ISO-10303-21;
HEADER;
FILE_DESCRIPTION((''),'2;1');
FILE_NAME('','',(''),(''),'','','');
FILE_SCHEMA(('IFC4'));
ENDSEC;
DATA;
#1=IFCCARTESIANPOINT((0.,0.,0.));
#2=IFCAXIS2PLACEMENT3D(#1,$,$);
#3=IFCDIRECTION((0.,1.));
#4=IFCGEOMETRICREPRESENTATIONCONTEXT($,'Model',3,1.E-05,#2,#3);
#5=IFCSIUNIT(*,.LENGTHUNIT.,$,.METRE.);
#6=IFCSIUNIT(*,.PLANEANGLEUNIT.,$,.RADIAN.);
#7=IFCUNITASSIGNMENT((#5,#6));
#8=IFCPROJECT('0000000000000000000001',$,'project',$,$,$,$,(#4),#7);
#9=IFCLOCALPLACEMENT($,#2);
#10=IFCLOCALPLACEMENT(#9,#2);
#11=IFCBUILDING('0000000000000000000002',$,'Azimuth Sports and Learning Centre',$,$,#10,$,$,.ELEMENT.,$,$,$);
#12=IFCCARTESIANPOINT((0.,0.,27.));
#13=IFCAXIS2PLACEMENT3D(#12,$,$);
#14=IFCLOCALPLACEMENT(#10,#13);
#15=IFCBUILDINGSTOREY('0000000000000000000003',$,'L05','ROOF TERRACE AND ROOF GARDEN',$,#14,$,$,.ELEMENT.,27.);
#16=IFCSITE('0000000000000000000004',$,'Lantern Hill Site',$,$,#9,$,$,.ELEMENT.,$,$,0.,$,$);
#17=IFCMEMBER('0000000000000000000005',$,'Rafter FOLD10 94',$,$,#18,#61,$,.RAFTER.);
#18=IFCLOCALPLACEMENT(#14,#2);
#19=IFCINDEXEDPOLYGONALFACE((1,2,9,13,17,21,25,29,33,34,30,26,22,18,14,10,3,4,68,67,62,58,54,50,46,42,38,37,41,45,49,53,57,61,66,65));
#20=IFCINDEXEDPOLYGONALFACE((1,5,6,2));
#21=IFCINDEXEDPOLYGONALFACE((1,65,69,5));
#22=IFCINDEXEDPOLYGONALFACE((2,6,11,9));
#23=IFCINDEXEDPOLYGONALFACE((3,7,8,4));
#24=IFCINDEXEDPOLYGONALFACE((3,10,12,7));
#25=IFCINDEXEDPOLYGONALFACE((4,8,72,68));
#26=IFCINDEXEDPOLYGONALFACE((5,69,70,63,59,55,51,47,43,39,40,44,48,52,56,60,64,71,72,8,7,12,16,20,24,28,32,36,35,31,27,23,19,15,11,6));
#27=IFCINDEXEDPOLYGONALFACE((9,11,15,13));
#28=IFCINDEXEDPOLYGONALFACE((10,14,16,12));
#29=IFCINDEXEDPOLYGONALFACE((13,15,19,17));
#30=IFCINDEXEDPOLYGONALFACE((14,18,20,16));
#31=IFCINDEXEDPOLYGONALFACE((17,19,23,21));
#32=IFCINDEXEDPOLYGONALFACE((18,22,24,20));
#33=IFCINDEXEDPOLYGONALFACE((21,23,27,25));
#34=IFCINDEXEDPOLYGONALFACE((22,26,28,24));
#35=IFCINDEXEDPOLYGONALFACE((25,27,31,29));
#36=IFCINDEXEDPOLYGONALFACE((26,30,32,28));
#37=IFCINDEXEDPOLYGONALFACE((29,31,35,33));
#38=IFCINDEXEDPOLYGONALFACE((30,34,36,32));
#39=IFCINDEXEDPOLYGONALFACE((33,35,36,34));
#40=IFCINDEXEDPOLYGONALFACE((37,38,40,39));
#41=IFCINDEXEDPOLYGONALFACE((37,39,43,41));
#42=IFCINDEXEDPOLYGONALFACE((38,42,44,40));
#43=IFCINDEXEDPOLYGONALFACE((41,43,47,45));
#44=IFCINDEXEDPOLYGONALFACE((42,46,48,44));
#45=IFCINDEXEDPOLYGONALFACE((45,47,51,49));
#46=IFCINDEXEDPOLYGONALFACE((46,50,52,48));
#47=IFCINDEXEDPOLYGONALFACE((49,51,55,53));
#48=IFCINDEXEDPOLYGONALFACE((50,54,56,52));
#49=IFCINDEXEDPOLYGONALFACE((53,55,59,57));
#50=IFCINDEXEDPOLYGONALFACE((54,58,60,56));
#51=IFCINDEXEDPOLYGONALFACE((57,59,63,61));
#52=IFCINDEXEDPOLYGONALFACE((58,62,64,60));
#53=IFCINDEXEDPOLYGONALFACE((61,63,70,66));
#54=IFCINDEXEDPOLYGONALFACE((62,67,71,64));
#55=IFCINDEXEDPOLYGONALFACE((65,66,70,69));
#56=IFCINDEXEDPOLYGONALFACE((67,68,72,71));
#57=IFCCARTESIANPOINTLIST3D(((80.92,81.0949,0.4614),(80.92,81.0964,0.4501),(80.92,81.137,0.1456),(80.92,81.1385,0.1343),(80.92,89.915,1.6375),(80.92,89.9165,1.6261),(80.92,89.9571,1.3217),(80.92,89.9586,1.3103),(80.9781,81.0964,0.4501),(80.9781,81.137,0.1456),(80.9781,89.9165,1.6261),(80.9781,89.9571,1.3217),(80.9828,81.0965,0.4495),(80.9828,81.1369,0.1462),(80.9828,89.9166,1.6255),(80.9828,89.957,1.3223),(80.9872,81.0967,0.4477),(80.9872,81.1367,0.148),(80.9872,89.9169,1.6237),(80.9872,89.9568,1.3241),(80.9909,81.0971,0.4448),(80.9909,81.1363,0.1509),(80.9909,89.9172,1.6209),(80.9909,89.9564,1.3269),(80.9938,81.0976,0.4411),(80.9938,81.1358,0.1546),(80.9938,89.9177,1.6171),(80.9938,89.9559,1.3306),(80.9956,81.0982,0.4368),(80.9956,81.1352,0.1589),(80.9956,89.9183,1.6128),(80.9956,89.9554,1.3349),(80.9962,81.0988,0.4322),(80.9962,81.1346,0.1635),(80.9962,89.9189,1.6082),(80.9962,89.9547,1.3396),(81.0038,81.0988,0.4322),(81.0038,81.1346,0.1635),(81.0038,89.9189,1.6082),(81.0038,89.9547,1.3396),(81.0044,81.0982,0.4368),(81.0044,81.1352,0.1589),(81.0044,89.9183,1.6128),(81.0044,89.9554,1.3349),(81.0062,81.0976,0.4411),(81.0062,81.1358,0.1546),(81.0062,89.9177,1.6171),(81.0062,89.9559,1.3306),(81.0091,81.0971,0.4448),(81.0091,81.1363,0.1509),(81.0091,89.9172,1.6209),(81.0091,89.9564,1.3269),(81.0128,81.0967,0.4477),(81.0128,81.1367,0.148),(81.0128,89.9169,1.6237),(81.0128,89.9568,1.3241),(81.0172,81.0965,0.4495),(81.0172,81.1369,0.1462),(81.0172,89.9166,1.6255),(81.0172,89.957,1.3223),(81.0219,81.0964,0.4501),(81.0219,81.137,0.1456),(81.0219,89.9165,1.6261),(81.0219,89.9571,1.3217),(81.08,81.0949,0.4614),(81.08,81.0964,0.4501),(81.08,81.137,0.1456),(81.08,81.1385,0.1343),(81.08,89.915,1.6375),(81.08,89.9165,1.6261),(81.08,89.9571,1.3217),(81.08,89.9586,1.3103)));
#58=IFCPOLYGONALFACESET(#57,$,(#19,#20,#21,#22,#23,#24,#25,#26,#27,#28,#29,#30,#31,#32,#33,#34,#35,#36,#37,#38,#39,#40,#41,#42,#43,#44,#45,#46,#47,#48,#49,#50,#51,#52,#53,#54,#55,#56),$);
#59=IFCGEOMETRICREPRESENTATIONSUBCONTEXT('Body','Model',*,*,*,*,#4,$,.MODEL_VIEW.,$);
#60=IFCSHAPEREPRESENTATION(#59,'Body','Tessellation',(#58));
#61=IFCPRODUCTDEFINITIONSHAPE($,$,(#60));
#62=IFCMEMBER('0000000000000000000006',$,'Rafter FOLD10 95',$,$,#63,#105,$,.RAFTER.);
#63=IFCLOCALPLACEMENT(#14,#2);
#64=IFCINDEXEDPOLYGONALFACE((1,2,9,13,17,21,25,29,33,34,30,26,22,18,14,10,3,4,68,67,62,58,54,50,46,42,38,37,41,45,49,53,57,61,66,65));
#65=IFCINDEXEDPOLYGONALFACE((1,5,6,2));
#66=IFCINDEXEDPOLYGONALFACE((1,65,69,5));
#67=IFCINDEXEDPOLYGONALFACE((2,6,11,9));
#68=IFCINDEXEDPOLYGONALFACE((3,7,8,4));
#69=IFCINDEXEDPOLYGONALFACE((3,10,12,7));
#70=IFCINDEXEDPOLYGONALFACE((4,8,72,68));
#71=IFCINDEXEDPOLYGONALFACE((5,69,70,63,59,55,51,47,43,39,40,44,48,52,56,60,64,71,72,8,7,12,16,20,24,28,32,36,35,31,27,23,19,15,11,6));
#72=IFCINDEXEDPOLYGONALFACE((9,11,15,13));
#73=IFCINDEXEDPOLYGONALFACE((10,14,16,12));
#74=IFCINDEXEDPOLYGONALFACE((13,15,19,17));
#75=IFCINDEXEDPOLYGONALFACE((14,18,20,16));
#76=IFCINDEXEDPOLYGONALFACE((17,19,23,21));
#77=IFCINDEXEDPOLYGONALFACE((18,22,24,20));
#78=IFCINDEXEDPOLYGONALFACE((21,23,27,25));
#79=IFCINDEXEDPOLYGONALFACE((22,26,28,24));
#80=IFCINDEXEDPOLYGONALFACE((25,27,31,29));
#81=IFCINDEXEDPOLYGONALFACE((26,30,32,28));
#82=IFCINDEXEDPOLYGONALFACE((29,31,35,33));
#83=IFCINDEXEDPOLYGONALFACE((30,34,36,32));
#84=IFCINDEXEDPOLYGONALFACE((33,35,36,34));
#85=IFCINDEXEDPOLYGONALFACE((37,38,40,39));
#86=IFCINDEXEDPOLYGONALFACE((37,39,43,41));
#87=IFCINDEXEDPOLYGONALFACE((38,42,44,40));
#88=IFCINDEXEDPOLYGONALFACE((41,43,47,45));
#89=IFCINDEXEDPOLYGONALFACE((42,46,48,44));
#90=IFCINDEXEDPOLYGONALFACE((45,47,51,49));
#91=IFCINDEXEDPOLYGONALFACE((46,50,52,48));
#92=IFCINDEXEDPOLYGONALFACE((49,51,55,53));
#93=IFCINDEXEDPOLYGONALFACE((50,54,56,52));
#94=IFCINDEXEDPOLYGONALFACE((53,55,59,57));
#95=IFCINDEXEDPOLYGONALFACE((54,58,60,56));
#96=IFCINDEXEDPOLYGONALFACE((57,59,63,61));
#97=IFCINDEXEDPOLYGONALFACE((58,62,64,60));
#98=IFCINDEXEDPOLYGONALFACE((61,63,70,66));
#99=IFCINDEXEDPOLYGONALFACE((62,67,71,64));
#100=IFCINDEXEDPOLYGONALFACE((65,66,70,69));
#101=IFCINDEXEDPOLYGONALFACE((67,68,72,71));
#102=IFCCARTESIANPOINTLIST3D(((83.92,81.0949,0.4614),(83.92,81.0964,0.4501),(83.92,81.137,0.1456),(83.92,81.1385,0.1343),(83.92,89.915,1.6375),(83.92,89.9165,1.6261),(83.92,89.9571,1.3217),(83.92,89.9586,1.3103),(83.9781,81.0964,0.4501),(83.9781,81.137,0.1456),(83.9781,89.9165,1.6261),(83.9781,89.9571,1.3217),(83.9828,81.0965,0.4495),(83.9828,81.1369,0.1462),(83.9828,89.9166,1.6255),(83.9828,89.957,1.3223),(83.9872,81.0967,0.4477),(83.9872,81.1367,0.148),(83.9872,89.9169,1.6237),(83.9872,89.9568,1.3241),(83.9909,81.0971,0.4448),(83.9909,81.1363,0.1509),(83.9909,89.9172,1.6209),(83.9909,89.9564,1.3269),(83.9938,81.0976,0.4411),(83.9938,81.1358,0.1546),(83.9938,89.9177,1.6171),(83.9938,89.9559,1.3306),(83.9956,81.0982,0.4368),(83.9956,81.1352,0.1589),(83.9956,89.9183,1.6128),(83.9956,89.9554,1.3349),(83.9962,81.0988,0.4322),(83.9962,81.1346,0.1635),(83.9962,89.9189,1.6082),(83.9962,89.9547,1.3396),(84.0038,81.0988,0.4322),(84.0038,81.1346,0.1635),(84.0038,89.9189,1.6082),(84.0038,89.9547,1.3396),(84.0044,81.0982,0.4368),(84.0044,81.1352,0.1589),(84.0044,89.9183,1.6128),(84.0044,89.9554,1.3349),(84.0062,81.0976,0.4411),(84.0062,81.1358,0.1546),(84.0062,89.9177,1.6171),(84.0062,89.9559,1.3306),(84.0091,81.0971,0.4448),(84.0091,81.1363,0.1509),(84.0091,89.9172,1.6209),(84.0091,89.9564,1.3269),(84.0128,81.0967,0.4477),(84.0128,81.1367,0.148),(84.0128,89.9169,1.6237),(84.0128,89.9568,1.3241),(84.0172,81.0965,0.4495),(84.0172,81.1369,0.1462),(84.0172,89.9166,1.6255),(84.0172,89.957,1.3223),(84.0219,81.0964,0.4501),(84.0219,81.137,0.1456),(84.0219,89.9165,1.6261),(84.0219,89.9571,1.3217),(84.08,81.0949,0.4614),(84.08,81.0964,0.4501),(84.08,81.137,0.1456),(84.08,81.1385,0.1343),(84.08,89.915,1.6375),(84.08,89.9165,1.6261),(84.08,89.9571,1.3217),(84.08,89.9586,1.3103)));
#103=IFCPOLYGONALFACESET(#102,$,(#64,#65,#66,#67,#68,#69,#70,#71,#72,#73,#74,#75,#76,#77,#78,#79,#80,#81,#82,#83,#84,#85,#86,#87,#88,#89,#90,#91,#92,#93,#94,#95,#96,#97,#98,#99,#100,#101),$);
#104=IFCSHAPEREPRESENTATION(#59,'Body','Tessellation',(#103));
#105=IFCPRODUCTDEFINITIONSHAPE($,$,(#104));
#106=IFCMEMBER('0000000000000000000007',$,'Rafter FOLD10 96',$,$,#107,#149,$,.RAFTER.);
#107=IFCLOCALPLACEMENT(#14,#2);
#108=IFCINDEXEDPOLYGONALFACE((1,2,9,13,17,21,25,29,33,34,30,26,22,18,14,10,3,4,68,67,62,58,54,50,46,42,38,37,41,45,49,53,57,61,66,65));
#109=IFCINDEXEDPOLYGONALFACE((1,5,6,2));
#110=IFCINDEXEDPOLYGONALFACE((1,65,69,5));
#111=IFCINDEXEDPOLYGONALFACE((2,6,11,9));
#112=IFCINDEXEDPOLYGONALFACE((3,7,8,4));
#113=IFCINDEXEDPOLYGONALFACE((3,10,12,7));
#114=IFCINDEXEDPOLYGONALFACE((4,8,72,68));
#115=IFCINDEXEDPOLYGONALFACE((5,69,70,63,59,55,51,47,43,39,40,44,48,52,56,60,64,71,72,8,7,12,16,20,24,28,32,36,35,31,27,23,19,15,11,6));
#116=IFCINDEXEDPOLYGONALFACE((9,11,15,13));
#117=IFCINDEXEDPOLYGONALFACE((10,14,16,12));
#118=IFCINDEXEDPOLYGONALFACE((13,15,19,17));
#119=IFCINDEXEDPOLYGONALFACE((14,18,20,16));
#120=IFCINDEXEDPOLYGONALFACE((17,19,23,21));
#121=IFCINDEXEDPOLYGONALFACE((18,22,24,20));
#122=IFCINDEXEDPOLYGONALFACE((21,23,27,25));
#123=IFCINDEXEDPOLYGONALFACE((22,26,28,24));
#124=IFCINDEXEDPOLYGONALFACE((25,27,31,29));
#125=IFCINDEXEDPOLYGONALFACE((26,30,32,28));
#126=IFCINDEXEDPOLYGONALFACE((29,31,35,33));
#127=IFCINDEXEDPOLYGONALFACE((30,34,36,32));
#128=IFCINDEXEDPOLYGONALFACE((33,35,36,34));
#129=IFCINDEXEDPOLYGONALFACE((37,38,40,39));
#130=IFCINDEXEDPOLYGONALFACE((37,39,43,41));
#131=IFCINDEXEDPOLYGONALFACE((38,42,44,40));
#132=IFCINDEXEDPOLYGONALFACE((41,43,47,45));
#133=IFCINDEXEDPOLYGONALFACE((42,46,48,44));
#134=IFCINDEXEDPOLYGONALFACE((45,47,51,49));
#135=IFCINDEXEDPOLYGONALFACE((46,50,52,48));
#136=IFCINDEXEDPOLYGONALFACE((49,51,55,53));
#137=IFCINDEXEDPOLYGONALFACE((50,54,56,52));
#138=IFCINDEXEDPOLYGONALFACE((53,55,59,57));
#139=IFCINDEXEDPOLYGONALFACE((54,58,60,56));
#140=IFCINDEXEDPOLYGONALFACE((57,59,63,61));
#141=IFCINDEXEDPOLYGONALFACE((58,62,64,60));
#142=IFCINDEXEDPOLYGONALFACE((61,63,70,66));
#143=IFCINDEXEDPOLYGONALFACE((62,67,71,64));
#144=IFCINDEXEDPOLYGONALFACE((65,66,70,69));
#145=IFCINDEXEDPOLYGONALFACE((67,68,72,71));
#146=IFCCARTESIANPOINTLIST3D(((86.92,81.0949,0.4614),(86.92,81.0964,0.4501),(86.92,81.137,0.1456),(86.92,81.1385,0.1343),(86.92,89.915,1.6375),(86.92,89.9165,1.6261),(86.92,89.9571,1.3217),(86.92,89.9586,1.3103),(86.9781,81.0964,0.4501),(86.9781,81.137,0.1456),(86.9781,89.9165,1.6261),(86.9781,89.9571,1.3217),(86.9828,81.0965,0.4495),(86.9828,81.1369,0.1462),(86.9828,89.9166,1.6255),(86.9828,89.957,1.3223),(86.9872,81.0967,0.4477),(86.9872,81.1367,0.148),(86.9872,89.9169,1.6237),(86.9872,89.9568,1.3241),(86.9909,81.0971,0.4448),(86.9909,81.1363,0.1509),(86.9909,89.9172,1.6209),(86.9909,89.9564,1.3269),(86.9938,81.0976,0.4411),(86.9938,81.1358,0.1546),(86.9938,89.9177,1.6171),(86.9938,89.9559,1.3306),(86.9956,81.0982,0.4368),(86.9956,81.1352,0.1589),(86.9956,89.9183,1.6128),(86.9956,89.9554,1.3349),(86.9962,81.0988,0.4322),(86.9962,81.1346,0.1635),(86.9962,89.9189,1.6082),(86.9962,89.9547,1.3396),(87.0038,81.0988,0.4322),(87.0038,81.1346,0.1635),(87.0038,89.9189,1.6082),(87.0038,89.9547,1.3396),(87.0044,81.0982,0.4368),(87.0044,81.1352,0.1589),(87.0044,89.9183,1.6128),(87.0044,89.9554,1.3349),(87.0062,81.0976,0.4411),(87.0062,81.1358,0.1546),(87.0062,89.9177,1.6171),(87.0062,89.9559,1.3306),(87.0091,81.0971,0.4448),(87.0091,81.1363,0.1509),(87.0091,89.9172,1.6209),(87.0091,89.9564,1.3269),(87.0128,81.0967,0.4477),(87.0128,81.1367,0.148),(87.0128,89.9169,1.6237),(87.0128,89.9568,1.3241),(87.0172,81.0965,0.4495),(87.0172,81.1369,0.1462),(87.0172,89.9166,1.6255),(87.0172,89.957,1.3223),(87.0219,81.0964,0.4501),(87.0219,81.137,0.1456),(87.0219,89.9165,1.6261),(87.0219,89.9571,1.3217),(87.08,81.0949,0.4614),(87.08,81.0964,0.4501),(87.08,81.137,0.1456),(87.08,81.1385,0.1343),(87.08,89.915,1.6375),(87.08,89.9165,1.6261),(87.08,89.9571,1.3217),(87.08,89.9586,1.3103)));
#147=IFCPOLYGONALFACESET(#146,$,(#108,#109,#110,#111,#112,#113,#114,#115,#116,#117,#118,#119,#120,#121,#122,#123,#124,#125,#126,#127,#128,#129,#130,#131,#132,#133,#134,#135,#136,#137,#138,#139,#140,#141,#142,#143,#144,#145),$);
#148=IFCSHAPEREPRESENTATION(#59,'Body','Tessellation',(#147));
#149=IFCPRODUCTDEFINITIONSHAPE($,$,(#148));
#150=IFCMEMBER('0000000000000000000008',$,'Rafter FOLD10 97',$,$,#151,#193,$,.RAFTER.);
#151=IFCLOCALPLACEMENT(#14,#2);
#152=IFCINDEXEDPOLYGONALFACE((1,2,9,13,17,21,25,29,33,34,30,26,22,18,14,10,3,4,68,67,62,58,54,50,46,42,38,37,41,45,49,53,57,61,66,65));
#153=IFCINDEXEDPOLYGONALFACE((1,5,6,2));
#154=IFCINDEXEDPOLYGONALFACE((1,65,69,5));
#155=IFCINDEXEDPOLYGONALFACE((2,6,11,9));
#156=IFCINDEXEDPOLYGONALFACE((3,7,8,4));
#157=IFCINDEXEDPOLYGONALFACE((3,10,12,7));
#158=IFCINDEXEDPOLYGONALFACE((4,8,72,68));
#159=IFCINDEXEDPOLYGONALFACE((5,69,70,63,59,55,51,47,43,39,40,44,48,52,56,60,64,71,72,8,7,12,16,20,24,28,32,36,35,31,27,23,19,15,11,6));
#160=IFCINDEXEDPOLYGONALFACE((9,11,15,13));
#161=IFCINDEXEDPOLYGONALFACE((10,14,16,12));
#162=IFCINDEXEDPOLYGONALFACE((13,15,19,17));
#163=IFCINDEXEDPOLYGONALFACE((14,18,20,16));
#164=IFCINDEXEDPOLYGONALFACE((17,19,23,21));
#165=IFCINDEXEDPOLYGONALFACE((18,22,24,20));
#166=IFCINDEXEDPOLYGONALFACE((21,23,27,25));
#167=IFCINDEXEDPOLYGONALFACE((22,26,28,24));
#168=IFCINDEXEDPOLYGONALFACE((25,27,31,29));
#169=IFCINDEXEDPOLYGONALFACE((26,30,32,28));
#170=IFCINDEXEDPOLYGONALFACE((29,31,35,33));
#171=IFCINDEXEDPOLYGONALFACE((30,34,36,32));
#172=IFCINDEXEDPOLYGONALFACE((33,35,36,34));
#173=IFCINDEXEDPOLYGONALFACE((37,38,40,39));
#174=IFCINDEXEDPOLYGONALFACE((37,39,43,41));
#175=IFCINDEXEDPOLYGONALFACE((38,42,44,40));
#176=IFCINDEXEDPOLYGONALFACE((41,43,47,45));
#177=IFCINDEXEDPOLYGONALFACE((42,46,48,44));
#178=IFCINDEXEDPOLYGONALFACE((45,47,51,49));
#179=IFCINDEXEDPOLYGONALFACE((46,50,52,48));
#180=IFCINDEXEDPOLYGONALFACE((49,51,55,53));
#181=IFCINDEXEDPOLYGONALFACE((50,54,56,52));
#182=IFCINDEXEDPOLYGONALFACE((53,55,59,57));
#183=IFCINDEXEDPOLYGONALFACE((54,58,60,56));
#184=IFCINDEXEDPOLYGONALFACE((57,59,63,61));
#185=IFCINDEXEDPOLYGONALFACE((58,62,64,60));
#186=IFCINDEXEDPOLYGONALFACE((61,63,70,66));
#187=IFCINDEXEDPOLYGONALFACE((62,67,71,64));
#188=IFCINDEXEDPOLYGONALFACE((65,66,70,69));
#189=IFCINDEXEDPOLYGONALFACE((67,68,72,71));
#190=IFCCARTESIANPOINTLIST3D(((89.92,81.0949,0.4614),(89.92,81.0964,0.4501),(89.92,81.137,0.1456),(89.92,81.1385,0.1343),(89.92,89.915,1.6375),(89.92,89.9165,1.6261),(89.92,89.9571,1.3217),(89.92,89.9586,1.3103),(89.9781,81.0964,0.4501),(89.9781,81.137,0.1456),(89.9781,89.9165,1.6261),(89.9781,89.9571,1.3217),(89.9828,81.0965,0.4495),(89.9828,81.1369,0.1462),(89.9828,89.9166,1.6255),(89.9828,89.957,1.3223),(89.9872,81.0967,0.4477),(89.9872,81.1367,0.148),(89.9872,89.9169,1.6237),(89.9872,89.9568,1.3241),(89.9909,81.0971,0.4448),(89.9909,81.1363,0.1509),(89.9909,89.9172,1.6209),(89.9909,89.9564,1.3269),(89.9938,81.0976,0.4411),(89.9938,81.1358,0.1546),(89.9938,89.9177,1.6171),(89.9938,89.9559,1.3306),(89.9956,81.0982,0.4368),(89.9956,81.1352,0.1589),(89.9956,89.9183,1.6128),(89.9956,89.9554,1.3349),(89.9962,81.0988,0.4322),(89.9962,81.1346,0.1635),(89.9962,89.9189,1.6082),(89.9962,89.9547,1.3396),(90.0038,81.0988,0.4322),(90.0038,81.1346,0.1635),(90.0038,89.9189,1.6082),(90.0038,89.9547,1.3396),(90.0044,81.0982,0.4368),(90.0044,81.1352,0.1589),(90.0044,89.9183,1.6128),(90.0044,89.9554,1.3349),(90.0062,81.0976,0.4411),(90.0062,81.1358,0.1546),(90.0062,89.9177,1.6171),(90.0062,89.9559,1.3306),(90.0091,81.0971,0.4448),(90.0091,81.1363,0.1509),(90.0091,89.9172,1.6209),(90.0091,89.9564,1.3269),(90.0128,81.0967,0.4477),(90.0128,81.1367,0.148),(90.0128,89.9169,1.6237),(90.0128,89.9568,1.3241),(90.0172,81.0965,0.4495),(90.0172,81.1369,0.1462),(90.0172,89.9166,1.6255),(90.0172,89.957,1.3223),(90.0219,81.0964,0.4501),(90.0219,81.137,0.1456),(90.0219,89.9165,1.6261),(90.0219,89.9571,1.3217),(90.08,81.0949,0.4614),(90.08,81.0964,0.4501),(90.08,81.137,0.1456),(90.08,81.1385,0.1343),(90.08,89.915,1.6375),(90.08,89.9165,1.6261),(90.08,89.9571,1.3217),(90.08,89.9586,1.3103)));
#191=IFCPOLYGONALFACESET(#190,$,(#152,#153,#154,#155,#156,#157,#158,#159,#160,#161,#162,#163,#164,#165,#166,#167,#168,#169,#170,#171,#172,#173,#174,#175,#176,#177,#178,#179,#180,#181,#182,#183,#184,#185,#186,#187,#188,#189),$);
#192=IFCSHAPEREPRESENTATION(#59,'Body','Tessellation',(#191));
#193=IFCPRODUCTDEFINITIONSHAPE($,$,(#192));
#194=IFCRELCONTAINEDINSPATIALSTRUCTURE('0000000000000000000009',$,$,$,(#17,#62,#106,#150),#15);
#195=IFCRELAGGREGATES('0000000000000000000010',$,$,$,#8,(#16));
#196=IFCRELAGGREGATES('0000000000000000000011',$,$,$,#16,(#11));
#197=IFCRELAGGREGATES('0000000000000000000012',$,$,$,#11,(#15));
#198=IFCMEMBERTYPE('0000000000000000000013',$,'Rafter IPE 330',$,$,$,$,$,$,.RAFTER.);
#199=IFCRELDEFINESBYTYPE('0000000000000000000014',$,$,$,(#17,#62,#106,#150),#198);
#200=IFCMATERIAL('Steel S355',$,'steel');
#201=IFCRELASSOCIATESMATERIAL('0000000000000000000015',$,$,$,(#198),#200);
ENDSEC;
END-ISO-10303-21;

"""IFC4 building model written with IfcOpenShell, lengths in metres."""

from ifc_helpers import new_model, si_unit, direction, frame, origin, origin_2d, place, context, subcontext, project, spatial, i_section, extrude, material, material_profile, profile_set, type_object, element, save


model = new_model("IFC4")

# Units and contexts
model_context = context("Model", 3, precision=1e-05, world=origin(), true_north=direction((0.0, 1.0)))
body_context = subcontext(model_context, "Body", "Model", "MODEL_VIEW")
ifc_project = project(units=[si_unit("LENGTHUNIT", "METRE"), si_unit("PLANEANGLEUNIT", "RADIAN")], contexts=[model_context])

# Site, building, storey
site_placement = place(None, origin())
site = spatial("IfcSite", under=ifc_project, at=site_placement, Name="Lantern Hill Site", CompositionType="ELEMENT", RefElevation=0.0)
building_placement = place(site_placement, origin())
building = spatial("IfcBuilding", under=site, at=building_placement, Name="Azimuth Sports and Learning Centre", CompositionType="ELEMENT")
storey_placement = place(building_placement, frame((0.0, 0.0, 27.0)))
storey = spatial("IfcBuildingStorey", under=building, at=storey_placement, Name="L05", Description="ROOF TERRACE AND ROOF GARDEN", CompositionType="ELEMENT", Elevation=27.0)

# Members
ifc_material_1 = material(Name="Steel S355", Category="steel")
ifc_material_profile_1 = material_profile(ifc_material_1, i_section(OverallWidth=0.1599, OverallDepth=0.3301, WebThickness=0.0076, FlangeThickness=0.0115, FilletRadius=0.0181, at=origin_2d()), Name="IPE 330")
ifc_profile_set_1 = profile_set([ifc_material_profile_1], Name="Steel S355")
member_type_1 = type_object("IfcMemberType", Name="Rafter IPE 330", PredefinedType="RAFTER", material=ifc_profile_set_1)
for number, where, z_axis, x_axis, name in (
    (1, (81.0, 81.1167, 0.2979), (0.0, 0.991228, 0.132166), (-1.0, 0.0, 0.0), "Rafter FOLD10 94"),
    (2, (84.0, 81.1167, 0.2979), (0.0, 0.991228, 0.132166), (-1.0, 0.0, 0.0), "Rafter FOLD10 95"),
    (3, (87.0, 81.1167, 0.2979), (0.0, 0.991228, 0.132166), (-1.0, 0.0, 0.0), "Rafter FOLD10 96"),
    (4, (90.0, 81.1167, 0.2979), (0.0, 0.991228, 0.132166), (-1.0, 0.0, 0.0), "Rafter FOLD10 97"),
):
    element("IfcMember", number, at=place(storey_placement, frame(where, z_axis=z_axis, x_axis=x_axis)), inside=storey, type_object=member_type_1, Name=name, PredefinedType="RAFTER", context=body_context, shape_type="SweptSolid", body=[
        extrude(i_section(OverallWidth=0.1599, OverallDepth=0.3301, WebThickness=0.0076, FlangeThickness=0.0115, FilletRadius=0.0181, at=origin_2d()), origin(), (0.0, 0.0, 1.0), 8.8982),
    ])

save(model, "model.ifc")
